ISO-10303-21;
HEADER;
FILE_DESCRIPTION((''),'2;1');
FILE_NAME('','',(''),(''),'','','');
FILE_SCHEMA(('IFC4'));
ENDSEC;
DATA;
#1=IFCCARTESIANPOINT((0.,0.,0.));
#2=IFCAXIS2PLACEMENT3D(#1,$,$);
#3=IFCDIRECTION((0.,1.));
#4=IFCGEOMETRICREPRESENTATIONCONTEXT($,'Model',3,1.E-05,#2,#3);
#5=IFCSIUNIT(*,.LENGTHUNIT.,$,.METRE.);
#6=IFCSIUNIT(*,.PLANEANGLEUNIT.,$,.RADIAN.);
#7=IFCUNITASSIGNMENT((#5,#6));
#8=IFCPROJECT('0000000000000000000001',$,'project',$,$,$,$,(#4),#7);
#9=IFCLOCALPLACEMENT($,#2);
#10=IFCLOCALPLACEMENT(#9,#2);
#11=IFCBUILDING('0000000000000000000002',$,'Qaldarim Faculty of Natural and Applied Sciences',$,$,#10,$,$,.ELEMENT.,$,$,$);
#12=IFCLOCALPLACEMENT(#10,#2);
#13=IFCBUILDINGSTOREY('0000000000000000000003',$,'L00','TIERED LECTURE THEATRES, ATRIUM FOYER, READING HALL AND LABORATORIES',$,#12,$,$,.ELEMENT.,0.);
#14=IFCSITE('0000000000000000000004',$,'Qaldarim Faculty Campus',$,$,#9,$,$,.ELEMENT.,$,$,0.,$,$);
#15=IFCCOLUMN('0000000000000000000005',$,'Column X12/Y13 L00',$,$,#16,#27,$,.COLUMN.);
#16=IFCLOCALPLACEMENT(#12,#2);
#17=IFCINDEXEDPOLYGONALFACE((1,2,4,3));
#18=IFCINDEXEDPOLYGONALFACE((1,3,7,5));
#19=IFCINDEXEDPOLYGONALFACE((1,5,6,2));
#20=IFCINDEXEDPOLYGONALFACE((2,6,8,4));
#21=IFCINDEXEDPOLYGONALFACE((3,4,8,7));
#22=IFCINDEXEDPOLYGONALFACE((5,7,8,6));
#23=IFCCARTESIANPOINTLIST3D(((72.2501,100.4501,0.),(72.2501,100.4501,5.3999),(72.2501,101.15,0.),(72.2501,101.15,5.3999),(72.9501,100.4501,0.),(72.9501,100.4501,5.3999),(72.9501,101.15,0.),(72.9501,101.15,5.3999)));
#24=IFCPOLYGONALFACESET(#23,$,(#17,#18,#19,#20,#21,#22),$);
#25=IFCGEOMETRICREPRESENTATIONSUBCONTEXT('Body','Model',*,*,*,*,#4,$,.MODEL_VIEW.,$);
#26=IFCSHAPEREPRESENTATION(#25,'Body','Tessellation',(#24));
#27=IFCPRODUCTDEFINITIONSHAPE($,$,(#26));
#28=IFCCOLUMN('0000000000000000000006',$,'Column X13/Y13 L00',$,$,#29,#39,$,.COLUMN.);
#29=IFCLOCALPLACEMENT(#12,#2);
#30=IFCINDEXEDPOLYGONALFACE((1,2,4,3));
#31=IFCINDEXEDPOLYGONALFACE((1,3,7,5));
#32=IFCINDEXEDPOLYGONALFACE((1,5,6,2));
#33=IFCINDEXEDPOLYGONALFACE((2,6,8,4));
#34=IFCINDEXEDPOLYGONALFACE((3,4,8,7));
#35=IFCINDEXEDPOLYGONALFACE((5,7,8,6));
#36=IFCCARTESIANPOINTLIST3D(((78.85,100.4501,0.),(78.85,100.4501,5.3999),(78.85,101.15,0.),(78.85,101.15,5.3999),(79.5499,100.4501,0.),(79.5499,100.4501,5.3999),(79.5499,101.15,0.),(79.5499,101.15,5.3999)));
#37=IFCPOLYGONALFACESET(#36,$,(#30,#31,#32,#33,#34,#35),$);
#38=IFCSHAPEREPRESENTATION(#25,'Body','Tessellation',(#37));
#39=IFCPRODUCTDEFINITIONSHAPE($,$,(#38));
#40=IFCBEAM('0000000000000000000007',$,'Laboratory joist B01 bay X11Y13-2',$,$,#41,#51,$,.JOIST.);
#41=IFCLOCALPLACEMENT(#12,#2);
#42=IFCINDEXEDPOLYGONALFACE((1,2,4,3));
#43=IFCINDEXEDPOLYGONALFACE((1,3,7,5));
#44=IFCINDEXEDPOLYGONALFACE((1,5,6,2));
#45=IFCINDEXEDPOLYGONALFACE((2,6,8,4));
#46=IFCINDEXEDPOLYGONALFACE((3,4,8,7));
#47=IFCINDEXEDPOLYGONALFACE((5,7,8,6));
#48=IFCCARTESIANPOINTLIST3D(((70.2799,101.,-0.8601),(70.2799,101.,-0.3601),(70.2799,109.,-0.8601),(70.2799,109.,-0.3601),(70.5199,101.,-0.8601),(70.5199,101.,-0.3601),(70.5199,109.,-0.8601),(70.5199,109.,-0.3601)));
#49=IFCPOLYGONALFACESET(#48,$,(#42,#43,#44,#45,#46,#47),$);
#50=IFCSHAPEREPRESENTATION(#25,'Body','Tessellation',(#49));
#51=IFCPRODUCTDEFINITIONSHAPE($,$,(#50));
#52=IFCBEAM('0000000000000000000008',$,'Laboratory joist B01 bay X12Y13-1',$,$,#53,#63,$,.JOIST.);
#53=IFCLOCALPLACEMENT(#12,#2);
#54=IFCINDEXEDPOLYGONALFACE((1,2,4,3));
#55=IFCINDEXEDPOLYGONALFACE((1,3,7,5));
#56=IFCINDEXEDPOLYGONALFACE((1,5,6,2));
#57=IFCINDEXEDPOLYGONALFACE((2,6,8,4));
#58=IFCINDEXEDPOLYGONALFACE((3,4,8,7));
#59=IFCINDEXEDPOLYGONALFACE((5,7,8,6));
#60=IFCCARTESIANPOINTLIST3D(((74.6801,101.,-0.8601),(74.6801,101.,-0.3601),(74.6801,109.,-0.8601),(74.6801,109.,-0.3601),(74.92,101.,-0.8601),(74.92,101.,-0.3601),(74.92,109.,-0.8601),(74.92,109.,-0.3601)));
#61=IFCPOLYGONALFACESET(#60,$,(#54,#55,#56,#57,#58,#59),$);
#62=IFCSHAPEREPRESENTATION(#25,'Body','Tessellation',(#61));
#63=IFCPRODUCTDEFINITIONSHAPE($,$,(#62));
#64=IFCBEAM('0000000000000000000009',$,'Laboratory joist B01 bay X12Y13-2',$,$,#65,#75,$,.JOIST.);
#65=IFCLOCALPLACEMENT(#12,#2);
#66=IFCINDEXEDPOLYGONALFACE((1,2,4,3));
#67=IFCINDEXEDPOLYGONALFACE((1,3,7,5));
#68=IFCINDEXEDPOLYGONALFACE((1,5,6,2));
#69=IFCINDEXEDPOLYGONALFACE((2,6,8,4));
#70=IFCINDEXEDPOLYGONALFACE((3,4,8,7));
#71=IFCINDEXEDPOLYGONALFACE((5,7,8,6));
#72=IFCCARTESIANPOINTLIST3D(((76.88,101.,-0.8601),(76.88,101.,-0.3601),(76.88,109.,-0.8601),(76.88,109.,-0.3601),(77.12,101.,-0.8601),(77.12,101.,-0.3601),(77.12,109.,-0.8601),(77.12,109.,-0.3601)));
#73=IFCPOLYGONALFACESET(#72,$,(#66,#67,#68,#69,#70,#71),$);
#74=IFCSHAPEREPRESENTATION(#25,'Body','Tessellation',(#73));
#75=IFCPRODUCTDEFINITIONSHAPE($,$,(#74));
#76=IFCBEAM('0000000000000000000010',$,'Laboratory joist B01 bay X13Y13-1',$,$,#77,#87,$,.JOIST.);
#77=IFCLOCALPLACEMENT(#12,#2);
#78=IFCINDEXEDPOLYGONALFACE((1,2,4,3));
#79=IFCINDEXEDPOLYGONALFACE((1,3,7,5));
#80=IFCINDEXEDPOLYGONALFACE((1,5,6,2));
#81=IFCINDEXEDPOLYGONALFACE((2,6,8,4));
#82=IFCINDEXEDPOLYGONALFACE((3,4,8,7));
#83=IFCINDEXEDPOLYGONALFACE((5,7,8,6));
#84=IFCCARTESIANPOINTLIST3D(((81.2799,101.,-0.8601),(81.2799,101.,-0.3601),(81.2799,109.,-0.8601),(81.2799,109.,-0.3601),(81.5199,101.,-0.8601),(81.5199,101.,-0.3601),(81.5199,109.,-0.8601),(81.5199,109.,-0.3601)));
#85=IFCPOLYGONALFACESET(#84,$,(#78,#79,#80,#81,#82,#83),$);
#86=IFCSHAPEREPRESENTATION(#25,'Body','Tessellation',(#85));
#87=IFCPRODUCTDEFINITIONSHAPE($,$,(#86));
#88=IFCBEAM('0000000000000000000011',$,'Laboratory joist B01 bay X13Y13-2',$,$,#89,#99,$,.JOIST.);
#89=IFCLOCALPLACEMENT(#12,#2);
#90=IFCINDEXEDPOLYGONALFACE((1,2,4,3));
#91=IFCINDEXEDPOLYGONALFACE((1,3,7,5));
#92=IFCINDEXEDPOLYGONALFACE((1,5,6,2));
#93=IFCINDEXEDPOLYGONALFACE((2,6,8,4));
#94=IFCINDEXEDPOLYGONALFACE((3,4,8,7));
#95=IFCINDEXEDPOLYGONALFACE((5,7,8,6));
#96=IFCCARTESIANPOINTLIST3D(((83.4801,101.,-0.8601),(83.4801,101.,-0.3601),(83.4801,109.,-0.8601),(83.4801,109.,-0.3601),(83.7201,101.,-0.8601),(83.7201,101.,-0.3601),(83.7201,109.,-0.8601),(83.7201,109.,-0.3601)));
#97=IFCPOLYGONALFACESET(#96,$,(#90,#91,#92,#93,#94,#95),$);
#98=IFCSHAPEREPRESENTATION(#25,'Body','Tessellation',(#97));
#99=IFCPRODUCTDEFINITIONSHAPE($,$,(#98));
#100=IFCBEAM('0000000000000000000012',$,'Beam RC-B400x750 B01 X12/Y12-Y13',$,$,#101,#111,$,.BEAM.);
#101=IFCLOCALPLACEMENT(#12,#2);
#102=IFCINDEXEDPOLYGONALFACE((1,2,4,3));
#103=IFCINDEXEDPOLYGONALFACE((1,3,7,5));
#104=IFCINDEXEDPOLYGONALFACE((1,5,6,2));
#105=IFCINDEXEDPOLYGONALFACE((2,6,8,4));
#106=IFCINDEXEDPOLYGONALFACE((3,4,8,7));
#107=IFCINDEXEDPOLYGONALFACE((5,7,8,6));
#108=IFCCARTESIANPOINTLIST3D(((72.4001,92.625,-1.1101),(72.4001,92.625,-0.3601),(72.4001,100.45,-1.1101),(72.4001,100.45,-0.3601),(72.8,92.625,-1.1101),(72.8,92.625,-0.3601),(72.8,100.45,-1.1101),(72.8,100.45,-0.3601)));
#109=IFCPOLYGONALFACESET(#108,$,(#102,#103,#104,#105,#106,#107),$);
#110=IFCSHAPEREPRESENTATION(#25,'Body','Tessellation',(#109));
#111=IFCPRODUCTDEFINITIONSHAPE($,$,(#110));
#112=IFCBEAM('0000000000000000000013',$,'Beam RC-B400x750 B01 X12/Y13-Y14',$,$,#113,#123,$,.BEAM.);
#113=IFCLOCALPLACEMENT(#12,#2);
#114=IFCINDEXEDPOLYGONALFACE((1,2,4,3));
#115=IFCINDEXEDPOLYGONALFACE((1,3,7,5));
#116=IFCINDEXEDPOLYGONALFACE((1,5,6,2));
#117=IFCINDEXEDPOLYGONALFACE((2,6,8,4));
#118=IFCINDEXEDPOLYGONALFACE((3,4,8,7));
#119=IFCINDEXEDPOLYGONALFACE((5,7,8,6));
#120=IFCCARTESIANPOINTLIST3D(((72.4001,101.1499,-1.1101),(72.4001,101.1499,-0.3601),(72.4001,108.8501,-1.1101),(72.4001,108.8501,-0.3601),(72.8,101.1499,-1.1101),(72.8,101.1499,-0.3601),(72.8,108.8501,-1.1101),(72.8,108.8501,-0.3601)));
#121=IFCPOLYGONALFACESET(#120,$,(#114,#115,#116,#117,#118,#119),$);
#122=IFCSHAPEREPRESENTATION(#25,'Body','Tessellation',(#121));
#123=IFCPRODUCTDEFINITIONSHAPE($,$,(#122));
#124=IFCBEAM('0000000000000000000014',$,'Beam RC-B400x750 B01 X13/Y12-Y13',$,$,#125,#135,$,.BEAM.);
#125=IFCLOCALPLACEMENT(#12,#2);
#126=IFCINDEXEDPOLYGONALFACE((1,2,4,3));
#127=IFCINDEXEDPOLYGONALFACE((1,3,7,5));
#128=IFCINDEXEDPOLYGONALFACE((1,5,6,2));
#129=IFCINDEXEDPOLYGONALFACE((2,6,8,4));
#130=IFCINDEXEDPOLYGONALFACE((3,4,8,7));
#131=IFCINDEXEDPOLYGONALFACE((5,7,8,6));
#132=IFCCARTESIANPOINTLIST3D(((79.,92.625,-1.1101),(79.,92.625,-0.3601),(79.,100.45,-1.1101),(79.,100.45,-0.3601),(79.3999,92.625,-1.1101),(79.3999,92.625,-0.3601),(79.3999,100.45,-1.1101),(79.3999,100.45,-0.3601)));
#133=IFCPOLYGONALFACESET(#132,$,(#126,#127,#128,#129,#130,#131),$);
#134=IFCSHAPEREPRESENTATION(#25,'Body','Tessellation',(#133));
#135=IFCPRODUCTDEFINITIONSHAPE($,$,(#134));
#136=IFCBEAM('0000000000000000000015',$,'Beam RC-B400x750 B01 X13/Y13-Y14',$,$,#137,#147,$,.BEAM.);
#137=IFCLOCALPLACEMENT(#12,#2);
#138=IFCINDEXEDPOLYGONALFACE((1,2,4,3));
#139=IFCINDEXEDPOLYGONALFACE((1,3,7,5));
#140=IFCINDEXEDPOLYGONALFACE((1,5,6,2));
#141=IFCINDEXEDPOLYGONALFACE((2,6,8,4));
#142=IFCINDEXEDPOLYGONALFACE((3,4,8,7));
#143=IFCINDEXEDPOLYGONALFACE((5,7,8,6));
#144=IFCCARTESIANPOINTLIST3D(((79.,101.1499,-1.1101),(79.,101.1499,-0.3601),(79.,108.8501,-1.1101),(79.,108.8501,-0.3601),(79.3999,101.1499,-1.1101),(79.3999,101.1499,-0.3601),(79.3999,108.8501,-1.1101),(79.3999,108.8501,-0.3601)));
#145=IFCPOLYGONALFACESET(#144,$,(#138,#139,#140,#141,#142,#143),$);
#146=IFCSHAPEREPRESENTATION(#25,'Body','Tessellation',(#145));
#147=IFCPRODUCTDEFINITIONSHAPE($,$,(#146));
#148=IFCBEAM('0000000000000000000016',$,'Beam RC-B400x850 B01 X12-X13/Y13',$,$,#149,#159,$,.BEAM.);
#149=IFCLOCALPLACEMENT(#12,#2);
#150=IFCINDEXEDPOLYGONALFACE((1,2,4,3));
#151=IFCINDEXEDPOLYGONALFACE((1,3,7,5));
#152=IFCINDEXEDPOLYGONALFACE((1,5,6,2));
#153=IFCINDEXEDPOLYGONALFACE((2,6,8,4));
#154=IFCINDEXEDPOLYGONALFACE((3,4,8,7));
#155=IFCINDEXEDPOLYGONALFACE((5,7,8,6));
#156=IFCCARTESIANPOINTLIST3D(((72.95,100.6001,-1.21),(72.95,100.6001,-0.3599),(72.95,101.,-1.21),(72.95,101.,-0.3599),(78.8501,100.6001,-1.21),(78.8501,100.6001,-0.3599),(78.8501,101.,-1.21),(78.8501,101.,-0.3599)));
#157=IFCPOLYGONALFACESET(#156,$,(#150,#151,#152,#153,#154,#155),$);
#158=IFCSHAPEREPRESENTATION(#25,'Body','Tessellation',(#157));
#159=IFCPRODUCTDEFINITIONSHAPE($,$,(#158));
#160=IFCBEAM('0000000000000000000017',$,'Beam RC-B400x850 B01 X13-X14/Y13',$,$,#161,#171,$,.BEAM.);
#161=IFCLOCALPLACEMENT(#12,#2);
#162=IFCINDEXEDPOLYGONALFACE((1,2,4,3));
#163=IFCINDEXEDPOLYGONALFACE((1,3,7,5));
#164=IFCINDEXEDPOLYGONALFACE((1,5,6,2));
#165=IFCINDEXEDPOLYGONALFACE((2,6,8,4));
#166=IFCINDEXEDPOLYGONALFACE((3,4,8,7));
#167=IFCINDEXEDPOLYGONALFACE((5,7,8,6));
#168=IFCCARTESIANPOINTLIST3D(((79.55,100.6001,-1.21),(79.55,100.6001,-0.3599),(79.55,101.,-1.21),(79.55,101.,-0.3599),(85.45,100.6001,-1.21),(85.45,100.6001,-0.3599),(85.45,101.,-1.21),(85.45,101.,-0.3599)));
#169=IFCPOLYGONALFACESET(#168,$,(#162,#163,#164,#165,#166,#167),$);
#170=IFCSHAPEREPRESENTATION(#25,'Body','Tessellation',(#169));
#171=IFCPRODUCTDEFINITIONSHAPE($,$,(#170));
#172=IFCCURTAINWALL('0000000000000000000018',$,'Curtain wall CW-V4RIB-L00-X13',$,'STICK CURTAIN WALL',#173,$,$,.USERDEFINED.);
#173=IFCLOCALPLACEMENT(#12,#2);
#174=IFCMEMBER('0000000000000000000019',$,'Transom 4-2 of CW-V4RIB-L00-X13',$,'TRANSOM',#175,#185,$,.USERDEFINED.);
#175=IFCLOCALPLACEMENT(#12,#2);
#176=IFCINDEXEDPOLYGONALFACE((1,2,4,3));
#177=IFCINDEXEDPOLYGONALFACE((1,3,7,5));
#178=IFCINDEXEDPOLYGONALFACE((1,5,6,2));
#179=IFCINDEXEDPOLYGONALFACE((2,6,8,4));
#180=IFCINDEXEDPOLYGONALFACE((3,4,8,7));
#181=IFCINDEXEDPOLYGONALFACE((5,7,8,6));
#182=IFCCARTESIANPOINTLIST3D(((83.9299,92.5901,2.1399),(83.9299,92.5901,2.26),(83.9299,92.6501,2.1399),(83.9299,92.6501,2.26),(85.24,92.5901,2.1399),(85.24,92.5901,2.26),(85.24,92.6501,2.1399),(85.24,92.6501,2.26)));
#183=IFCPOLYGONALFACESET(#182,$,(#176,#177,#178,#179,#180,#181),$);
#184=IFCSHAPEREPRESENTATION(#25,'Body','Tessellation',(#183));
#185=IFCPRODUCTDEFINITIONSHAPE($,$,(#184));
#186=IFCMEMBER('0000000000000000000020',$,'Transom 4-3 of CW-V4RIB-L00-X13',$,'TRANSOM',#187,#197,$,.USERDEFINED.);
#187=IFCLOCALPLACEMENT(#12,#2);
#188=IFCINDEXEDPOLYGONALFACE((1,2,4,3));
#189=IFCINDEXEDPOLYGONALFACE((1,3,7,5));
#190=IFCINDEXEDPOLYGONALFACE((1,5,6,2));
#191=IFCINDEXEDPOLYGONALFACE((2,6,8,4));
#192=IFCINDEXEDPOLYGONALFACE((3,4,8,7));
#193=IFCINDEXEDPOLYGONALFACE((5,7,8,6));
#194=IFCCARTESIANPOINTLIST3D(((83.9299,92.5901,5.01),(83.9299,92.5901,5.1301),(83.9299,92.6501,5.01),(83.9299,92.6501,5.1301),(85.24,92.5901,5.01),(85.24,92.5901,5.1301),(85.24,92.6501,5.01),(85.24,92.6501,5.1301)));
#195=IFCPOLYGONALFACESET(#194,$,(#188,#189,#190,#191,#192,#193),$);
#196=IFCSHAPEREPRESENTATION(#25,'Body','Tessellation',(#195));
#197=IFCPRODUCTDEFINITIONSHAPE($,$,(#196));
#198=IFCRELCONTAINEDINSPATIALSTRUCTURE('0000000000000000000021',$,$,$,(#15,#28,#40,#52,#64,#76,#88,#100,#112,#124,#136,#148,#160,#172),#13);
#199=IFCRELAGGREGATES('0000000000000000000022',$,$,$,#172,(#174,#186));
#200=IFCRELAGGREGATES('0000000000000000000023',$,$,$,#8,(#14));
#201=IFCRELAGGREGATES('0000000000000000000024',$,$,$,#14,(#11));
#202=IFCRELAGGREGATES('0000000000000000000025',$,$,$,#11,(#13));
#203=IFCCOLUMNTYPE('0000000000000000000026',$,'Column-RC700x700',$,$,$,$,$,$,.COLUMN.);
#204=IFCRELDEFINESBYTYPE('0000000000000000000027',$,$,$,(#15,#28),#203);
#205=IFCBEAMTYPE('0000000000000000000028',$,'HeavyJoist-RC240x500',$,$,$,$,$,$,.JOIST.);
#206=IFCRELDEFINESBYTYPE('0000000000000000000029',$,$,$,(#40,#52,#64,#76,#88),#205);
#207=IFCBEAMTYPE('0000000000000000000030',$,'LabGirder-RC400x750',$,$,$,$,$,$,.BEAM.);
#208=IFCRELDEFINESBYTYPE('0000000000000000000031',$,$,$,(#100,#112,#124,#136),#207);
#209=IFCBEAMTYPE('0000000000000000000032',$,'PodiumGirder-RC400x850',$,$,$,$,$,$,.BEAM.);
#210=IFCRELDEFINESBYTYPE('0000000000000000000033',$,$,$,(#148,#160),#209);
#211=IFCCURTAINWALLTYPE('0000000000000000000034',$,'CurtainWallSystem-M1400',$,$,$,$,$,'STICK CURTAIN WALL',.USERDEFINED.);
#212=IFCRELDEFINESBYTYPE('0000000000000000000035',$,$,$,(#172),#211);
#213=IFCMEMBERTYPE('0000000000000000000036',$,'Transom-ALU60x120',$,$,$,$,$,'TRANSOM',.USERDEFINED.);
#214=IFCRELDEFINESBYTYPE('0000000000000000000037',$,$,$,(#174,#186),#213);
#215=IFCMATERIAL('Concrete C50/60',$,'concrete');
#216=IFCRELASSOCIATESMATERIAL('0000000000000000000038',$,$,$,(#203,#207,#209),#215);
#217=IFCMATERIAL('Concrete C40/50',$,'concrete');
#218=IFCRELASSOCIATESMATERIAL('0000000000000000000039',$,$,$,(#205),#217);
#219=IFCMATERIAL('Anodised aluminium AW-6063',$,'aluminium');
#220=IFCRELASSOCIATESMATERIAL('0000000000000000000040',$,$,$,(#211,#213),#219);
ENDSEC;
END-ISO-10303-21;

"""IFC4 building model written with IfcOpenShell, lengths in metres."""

from ifc_helpers import new_model, si_unit, direction, frame, origin, origin_2d, place, context, subcontext, project, spatial, rectangle, extrude, material, material_profile, profile_set, type_object, element, aggregate, save


model = new_model("IFC4")

# Units and contexts
model_context = context("Model", 3, precision=1e-05, world=origin(), true_north=direction((0.0, 1.0)))
body_context = subcontext(model_context, "Body", "Model", "MODEL_VIEW")
ifc_project = project(units=[si_unit("LENGTHUNIT", "METRE"), si_unit("PLANEANGLEUNIT", "RADIAN")], contexts=[model_context])

# Site, building, storey
site_placement = place(None, origin())
site = spatial("IfcSite", under=ifc_project, at=site_placement, Name="Qaldarim Faculty Campus", CompositionType="ELEMENT", RefElevation=0.0)
building_placement = place(site_placement, origin())
building = spatial("IfcBuilding", under=site, at=building_placement, Name="Qaldarim Faculty of Natural and Applied Sciences", CompositionType="ELEMENT")
storey_placement = place(building_placement, origin())
storey = spatial("IfcBuildingStorey", under=building, at=storey_placement, Name="L00", Description="TIERED LECTURE THEATRES, ATRIUM FOYER, READING HALL AND LABORATORIES", CompositionType="ELEMENT", Elevation=0.0)

# Columns
ifc_material_1 = material(Name="Concrete C50/60", Category="concrete")
ifc_material_profile_1 = material_profile(ifc_material_1, rectangle(XDim=0.7, YDim=0.7, at=origin_2d()), Name="RC-C700x700")
ifc_profile_set_1 = profile_set([ifc_material_profile_1], Name="Concrete C50/60")
column_type = type_object("IfcColumnType", Name="Column-RC700x700", PredefinedType="COLUMN", material=ifc_profile_set_1)
for number, where, z_axis, x_axis, name in (
    (1, (72.6001, 100.8, 0.0), (0.0, 0.0, 1.0), (1.0, 0.0, 0.0), "Column X12/Y13 L00"),
    (2, (79.2, 100.8, 0.0), (0.0, 0.0, 1.0), (1.0, 0.0, 0.0), "Column X13/Y13 L00"),
):
    element("IfcColumn", number, at=place(storey_placement, frame(where, z_axis=z_axis, x_axis=x_axis)), inside=storey, type_object=column_type, Name=name, PredefinedType="COLUMN", context=body_context, shape_type="SweptSolid", body=[
        extrude(rectangle(XDim=0.7, YDim=0.7, at=origin_2d()), origin(), (0.0, 0.0, 1.0), 5.3999),
    ])

# Beams
ifc_material_2 = material(Name="Concrete C40/50", Category="concrete")
ifc_material_profile_2 = material_profile(ifc_material_2, rectangle(XDim=0.24, YDim=0.5, at=origin_2d()), Name="RC-J240x500")
ifc_profile_set_2 = profile_set([ifc_material_profile_2], Name="Concrete C40/50")
beam_type_1 = type_object("IfcBeamType", Name="HeavyJoist-RC240x500", PredefinedType="JOIST", material=ifc_profile_set_2)
for number, where, z_axis, x_axis, name in (
    (3, (70.3999, 101.0, -0.6101), (0.0, 1.0, 0.0), (-1.0, 0.0, 0.0), "Laboratory joist B01 bay X11Y13-2"),
    (4, (74.8, 101.0, -0.6101), (0.0, 1.0, 0.0), (-1.0, 0.0, 0.0), "Laboratory joist B01 bay X12Y13-1"),
    (5, (77.0, 101.0, -0.6101), (0.0, 1.0, 0.0), (-1.0, 0.0, 0.0), "Laboratory joist B01 bay X12Y13-2"),
    (6, (81.3999, 101.0, -0.6101), (0.0, 1.0, 0.0), (-1.0, 0.0, 0.0), "Laboratory joist B01 bay X13Y13-1"),
    (7, (83.6001, 101.0, -0.6101), (0.0, 1.0, 0.0), (-1.0, 0.0, 0.0), "Laboratory joist B01 bay X13Y13-2"),
):
    element("IfcBeam", number, at=place(storey_placement, frame(where, z_axis=z_axis, x_axis=x_axis)), inside=storey, type_object=beam_type_1, Name=name, PredefinedType="JOIST", context=body_context, shape_type="SweptSolid", body=[
        extrude(rectangle(XDim=0.24, YDim=0.5, at=origin_2d()), origin(), (0.0, 0.0, 1.0), 8.0),
    ])
ifc_material_profile_3 = material_profile(ifc_material_1, rectangle(XDim=0.3999, YDim=0.75, at=origin_2d()), Name="RC-B400x750")
ifc_profile_set_3 = profile_set([ifc_material_profile_3], Name="Concrete C50/60")
beam_type_2 = type_object("IfcBeamType", Name="LabGirder-RC400x750", PredefinedType="BEAM", material=ifc_profile_set_3)
beam_1_placement = place(storey_placement, frame((72.6001, 92.625, -0.7351), z_axis=(0.0, 1.0, 0.0), x_axis=(-1.0, 0.0, 0.0)))
element("IfcBeam", 8, at=beam_1_placement, inside=storey, type_object=beam_type_2, Name="Beam RC-B400x750 B01 X12/Y12-Y13", PredefinedType="BEAM", context=body_context, shape_type="SweptSolid", body=[
    extrude(rectangle(XDim=0.3999, YDim=0.75, at=origin_2d()), origin(), (0.0, 0.0, 1.0), 7.825),
])
beam_2_placement = place(storey_placement, frame((72.6001, 101.1499, -0.7351), z_axis=(0.0, 1.0, 0.0), x_axis=(-1.0, 0.0, 0.0)))
element("IfcBeam", 9, at=beam_2_placement, inside=storey, type_object=beam_type_2, Name="Beam RC-B400x750 B01 X12/Y13-Y14", PredefinedType="BEAM", context=body_context, shape_type="SweptSolid", body=[
    extrude(rectangle(XDim=0.3999, YDim=0.75, at=origin_2d()), origin(), (0.0, 0.0, 1.0), 7.7002),
])
beam_3_placement = place(storey_placement, frame((79.2, 92.625, -0.7351), z_axis=(0.0, 1.0, 0.0), x_axis=(-1.0, 0.0, 0.0)))
element("IfcBeam", 10, at=beam_3_placement, inside=storey, type_object=beam_type_2, Name="Beam RC-B400x750 B01 X13/Y12-Y13", PredefinedType="BEAM", context=body_context, shape_type="SweptSolid", body=[
    extrude(rectangle(XDim=0.3999, YDim=0.75, at=origin_2d()), origin(), (0.0, 0.0, 1.0), 7.825),
])
beam_4_placement = place(storey_placement, frame((79.2, 101.1499, -0.7351), z_axis=(0.0, 1.0, 0.0), x_axis=(-1.0, 0.0, 0.0)))
element("IfcBeam", 11, at=beam_4_placement, inside=storey, type_object=beam_type_2, Name="Beam RC-B400x750 B01 X13/Y13-Y14", PredefinedType="BEAM", context=body_context, shape_type="SweptSolid", body=[
    extrude(rectangle(XDim=0.3999, YDim=0.75, at=origin_2d()), origin(), (0.0, 0.0, 1.0), 7.7002),
])
ifc_material_profile_4 = material_profile(ifc_material_1, rectangle(XDim=0.3999, YDim=0.8501, at=origin_2d()), Name="RC-B400x850")
ifc_profile_set_4 = profile_set([ifc_material_profile_4], Name="Concrete C50/60")
beam_type_3 = type_object("IfcBeamType", Name="PodiumGirder-RC400x850", PredefinedType="BEAM", material=ifc_profile_set_4)
beam_5_placement = place(storey_placement, frame((72.95, 100.8, -0.7849), z_axis=(1.0, 0.0, 0.0), x_axis=(0.0, 1.0, 0.0)))
element("IfcBeam", 12, at=beam_5_placement, inside=storey, type_object=beam_type_3, Name="Beam RC-B400x850 B01 X12-X13/Y13", PredefinedType="BEAM", context=body_context, shape_type="SweptSolid", body=[
    extrude(rectangle(XDim=0.3999, YDim=0.8501, at=origin_2d()), origin(), (0.0, 0.0, 1.0), 5.9001),
])
beam_6_placement = place(storey_placement, frame((79.55, 100.8, -0.7849), z_axis=(1.0, 0.0, 0.0), x_axis=(0.0, 1.0, 0.0)))
element("IfcBeam", 13, at=beam_6_placement, inside=storey, type_object=beam_type_3, Name="Beam RC-B400x850 B01 X13-X14/Y13", PredefinedType="BEAM", context=body_context, shape_type="SweptSolid", body=[
    extrude(rectangle(XDim=0.3999, YDim=0.8501, at=origin_2d()), origin(), (0.0, 0.0, 1.0), 5.8999),
])

# Curtain wall, members
ifc_material_3 = material(Name="Anodised aluminium AW-6063", Category="aluminium")
curtain_wall_type = type_object("IfcCurtainWallType", Name="CurtainWallSystem-M1400", ElementType="STICK CURTAIN WALL", PredefinedType="USERDEFINED", material=ifc_material_3)
curtain_wall_placement = place(storey_placement, origin())
curtain_wall = element("IfcCurtainWall", 14, at=curtain_wall_placement, inside=storey, type_object=curtain_wall_type, Name="Curtain wall CW-V4RIB-L00-X13", ObjectType="STICK CURTAIN WALL", PredefinedType="USERDEFINED")
ifc_material_profile_5 = material_profile(ifc_material_3, rectangle(XDim=0.0601, YDim=0.1201, at=origin_2d()), Name="ALU-T60x120")
ifc_profile_set_5 = profile_set([ifc_material_profile_5], Name="Anodised aluminium AW-6063")
member_type = type_object("IfcMemberType", Name="Transom-ALU60x120", ElementType="TRANSOM", PredefinedType="USERDEFINED", material=ifc_profile_set_5)
member_1_placement = place(storey_placement, frame((83.9299, 92.6201, 2.2), z_axis=(1.0, 0.0, 0.0), x_axis=(0.0, 1.0, 0.0)))
member_1 = element("IfcMember", 15, at=member_1_placement, type_object=member_type, Name="Transom 4-2 of CW-V4RIB-L00-X13", ObjectType="TRANSOM", PredefinedType="USERDEFINED", context=body_context, shape_type="SweptSolid", body=[
    extrude(rectangle(XDim=0.0601, YDim=0.1201, at=origin_2d()), origin(), (0.0, 0.0, 1.0), 1.3101),
])
member_2_placement = place(storey_placement, frame((83.9299, 92.6201, 5.0701), z_axis=(1.0, 0.0, 0.0), x_axis=(0.0, 1.0, 0.0)))
member_2 = element("IfcMember", 16, at=member_2_placement, type_object=member_type, Name="Transom 4-3 of CW-V4RIB-L00-X13", ObjectType="TRANSOM", PredefinedType="USERDEFINED", context=body_context, shape_type="SweptSolid", body=[
    extrude(rectangle(XDim=0.0601, YDim=0.1201, at=origin_2d()), origin(), (0.0, 0.0, 1.0), 1.3101),
])
aggregate(curtain_wall, [member_1, member_2])

save(model, "model.ifc")
